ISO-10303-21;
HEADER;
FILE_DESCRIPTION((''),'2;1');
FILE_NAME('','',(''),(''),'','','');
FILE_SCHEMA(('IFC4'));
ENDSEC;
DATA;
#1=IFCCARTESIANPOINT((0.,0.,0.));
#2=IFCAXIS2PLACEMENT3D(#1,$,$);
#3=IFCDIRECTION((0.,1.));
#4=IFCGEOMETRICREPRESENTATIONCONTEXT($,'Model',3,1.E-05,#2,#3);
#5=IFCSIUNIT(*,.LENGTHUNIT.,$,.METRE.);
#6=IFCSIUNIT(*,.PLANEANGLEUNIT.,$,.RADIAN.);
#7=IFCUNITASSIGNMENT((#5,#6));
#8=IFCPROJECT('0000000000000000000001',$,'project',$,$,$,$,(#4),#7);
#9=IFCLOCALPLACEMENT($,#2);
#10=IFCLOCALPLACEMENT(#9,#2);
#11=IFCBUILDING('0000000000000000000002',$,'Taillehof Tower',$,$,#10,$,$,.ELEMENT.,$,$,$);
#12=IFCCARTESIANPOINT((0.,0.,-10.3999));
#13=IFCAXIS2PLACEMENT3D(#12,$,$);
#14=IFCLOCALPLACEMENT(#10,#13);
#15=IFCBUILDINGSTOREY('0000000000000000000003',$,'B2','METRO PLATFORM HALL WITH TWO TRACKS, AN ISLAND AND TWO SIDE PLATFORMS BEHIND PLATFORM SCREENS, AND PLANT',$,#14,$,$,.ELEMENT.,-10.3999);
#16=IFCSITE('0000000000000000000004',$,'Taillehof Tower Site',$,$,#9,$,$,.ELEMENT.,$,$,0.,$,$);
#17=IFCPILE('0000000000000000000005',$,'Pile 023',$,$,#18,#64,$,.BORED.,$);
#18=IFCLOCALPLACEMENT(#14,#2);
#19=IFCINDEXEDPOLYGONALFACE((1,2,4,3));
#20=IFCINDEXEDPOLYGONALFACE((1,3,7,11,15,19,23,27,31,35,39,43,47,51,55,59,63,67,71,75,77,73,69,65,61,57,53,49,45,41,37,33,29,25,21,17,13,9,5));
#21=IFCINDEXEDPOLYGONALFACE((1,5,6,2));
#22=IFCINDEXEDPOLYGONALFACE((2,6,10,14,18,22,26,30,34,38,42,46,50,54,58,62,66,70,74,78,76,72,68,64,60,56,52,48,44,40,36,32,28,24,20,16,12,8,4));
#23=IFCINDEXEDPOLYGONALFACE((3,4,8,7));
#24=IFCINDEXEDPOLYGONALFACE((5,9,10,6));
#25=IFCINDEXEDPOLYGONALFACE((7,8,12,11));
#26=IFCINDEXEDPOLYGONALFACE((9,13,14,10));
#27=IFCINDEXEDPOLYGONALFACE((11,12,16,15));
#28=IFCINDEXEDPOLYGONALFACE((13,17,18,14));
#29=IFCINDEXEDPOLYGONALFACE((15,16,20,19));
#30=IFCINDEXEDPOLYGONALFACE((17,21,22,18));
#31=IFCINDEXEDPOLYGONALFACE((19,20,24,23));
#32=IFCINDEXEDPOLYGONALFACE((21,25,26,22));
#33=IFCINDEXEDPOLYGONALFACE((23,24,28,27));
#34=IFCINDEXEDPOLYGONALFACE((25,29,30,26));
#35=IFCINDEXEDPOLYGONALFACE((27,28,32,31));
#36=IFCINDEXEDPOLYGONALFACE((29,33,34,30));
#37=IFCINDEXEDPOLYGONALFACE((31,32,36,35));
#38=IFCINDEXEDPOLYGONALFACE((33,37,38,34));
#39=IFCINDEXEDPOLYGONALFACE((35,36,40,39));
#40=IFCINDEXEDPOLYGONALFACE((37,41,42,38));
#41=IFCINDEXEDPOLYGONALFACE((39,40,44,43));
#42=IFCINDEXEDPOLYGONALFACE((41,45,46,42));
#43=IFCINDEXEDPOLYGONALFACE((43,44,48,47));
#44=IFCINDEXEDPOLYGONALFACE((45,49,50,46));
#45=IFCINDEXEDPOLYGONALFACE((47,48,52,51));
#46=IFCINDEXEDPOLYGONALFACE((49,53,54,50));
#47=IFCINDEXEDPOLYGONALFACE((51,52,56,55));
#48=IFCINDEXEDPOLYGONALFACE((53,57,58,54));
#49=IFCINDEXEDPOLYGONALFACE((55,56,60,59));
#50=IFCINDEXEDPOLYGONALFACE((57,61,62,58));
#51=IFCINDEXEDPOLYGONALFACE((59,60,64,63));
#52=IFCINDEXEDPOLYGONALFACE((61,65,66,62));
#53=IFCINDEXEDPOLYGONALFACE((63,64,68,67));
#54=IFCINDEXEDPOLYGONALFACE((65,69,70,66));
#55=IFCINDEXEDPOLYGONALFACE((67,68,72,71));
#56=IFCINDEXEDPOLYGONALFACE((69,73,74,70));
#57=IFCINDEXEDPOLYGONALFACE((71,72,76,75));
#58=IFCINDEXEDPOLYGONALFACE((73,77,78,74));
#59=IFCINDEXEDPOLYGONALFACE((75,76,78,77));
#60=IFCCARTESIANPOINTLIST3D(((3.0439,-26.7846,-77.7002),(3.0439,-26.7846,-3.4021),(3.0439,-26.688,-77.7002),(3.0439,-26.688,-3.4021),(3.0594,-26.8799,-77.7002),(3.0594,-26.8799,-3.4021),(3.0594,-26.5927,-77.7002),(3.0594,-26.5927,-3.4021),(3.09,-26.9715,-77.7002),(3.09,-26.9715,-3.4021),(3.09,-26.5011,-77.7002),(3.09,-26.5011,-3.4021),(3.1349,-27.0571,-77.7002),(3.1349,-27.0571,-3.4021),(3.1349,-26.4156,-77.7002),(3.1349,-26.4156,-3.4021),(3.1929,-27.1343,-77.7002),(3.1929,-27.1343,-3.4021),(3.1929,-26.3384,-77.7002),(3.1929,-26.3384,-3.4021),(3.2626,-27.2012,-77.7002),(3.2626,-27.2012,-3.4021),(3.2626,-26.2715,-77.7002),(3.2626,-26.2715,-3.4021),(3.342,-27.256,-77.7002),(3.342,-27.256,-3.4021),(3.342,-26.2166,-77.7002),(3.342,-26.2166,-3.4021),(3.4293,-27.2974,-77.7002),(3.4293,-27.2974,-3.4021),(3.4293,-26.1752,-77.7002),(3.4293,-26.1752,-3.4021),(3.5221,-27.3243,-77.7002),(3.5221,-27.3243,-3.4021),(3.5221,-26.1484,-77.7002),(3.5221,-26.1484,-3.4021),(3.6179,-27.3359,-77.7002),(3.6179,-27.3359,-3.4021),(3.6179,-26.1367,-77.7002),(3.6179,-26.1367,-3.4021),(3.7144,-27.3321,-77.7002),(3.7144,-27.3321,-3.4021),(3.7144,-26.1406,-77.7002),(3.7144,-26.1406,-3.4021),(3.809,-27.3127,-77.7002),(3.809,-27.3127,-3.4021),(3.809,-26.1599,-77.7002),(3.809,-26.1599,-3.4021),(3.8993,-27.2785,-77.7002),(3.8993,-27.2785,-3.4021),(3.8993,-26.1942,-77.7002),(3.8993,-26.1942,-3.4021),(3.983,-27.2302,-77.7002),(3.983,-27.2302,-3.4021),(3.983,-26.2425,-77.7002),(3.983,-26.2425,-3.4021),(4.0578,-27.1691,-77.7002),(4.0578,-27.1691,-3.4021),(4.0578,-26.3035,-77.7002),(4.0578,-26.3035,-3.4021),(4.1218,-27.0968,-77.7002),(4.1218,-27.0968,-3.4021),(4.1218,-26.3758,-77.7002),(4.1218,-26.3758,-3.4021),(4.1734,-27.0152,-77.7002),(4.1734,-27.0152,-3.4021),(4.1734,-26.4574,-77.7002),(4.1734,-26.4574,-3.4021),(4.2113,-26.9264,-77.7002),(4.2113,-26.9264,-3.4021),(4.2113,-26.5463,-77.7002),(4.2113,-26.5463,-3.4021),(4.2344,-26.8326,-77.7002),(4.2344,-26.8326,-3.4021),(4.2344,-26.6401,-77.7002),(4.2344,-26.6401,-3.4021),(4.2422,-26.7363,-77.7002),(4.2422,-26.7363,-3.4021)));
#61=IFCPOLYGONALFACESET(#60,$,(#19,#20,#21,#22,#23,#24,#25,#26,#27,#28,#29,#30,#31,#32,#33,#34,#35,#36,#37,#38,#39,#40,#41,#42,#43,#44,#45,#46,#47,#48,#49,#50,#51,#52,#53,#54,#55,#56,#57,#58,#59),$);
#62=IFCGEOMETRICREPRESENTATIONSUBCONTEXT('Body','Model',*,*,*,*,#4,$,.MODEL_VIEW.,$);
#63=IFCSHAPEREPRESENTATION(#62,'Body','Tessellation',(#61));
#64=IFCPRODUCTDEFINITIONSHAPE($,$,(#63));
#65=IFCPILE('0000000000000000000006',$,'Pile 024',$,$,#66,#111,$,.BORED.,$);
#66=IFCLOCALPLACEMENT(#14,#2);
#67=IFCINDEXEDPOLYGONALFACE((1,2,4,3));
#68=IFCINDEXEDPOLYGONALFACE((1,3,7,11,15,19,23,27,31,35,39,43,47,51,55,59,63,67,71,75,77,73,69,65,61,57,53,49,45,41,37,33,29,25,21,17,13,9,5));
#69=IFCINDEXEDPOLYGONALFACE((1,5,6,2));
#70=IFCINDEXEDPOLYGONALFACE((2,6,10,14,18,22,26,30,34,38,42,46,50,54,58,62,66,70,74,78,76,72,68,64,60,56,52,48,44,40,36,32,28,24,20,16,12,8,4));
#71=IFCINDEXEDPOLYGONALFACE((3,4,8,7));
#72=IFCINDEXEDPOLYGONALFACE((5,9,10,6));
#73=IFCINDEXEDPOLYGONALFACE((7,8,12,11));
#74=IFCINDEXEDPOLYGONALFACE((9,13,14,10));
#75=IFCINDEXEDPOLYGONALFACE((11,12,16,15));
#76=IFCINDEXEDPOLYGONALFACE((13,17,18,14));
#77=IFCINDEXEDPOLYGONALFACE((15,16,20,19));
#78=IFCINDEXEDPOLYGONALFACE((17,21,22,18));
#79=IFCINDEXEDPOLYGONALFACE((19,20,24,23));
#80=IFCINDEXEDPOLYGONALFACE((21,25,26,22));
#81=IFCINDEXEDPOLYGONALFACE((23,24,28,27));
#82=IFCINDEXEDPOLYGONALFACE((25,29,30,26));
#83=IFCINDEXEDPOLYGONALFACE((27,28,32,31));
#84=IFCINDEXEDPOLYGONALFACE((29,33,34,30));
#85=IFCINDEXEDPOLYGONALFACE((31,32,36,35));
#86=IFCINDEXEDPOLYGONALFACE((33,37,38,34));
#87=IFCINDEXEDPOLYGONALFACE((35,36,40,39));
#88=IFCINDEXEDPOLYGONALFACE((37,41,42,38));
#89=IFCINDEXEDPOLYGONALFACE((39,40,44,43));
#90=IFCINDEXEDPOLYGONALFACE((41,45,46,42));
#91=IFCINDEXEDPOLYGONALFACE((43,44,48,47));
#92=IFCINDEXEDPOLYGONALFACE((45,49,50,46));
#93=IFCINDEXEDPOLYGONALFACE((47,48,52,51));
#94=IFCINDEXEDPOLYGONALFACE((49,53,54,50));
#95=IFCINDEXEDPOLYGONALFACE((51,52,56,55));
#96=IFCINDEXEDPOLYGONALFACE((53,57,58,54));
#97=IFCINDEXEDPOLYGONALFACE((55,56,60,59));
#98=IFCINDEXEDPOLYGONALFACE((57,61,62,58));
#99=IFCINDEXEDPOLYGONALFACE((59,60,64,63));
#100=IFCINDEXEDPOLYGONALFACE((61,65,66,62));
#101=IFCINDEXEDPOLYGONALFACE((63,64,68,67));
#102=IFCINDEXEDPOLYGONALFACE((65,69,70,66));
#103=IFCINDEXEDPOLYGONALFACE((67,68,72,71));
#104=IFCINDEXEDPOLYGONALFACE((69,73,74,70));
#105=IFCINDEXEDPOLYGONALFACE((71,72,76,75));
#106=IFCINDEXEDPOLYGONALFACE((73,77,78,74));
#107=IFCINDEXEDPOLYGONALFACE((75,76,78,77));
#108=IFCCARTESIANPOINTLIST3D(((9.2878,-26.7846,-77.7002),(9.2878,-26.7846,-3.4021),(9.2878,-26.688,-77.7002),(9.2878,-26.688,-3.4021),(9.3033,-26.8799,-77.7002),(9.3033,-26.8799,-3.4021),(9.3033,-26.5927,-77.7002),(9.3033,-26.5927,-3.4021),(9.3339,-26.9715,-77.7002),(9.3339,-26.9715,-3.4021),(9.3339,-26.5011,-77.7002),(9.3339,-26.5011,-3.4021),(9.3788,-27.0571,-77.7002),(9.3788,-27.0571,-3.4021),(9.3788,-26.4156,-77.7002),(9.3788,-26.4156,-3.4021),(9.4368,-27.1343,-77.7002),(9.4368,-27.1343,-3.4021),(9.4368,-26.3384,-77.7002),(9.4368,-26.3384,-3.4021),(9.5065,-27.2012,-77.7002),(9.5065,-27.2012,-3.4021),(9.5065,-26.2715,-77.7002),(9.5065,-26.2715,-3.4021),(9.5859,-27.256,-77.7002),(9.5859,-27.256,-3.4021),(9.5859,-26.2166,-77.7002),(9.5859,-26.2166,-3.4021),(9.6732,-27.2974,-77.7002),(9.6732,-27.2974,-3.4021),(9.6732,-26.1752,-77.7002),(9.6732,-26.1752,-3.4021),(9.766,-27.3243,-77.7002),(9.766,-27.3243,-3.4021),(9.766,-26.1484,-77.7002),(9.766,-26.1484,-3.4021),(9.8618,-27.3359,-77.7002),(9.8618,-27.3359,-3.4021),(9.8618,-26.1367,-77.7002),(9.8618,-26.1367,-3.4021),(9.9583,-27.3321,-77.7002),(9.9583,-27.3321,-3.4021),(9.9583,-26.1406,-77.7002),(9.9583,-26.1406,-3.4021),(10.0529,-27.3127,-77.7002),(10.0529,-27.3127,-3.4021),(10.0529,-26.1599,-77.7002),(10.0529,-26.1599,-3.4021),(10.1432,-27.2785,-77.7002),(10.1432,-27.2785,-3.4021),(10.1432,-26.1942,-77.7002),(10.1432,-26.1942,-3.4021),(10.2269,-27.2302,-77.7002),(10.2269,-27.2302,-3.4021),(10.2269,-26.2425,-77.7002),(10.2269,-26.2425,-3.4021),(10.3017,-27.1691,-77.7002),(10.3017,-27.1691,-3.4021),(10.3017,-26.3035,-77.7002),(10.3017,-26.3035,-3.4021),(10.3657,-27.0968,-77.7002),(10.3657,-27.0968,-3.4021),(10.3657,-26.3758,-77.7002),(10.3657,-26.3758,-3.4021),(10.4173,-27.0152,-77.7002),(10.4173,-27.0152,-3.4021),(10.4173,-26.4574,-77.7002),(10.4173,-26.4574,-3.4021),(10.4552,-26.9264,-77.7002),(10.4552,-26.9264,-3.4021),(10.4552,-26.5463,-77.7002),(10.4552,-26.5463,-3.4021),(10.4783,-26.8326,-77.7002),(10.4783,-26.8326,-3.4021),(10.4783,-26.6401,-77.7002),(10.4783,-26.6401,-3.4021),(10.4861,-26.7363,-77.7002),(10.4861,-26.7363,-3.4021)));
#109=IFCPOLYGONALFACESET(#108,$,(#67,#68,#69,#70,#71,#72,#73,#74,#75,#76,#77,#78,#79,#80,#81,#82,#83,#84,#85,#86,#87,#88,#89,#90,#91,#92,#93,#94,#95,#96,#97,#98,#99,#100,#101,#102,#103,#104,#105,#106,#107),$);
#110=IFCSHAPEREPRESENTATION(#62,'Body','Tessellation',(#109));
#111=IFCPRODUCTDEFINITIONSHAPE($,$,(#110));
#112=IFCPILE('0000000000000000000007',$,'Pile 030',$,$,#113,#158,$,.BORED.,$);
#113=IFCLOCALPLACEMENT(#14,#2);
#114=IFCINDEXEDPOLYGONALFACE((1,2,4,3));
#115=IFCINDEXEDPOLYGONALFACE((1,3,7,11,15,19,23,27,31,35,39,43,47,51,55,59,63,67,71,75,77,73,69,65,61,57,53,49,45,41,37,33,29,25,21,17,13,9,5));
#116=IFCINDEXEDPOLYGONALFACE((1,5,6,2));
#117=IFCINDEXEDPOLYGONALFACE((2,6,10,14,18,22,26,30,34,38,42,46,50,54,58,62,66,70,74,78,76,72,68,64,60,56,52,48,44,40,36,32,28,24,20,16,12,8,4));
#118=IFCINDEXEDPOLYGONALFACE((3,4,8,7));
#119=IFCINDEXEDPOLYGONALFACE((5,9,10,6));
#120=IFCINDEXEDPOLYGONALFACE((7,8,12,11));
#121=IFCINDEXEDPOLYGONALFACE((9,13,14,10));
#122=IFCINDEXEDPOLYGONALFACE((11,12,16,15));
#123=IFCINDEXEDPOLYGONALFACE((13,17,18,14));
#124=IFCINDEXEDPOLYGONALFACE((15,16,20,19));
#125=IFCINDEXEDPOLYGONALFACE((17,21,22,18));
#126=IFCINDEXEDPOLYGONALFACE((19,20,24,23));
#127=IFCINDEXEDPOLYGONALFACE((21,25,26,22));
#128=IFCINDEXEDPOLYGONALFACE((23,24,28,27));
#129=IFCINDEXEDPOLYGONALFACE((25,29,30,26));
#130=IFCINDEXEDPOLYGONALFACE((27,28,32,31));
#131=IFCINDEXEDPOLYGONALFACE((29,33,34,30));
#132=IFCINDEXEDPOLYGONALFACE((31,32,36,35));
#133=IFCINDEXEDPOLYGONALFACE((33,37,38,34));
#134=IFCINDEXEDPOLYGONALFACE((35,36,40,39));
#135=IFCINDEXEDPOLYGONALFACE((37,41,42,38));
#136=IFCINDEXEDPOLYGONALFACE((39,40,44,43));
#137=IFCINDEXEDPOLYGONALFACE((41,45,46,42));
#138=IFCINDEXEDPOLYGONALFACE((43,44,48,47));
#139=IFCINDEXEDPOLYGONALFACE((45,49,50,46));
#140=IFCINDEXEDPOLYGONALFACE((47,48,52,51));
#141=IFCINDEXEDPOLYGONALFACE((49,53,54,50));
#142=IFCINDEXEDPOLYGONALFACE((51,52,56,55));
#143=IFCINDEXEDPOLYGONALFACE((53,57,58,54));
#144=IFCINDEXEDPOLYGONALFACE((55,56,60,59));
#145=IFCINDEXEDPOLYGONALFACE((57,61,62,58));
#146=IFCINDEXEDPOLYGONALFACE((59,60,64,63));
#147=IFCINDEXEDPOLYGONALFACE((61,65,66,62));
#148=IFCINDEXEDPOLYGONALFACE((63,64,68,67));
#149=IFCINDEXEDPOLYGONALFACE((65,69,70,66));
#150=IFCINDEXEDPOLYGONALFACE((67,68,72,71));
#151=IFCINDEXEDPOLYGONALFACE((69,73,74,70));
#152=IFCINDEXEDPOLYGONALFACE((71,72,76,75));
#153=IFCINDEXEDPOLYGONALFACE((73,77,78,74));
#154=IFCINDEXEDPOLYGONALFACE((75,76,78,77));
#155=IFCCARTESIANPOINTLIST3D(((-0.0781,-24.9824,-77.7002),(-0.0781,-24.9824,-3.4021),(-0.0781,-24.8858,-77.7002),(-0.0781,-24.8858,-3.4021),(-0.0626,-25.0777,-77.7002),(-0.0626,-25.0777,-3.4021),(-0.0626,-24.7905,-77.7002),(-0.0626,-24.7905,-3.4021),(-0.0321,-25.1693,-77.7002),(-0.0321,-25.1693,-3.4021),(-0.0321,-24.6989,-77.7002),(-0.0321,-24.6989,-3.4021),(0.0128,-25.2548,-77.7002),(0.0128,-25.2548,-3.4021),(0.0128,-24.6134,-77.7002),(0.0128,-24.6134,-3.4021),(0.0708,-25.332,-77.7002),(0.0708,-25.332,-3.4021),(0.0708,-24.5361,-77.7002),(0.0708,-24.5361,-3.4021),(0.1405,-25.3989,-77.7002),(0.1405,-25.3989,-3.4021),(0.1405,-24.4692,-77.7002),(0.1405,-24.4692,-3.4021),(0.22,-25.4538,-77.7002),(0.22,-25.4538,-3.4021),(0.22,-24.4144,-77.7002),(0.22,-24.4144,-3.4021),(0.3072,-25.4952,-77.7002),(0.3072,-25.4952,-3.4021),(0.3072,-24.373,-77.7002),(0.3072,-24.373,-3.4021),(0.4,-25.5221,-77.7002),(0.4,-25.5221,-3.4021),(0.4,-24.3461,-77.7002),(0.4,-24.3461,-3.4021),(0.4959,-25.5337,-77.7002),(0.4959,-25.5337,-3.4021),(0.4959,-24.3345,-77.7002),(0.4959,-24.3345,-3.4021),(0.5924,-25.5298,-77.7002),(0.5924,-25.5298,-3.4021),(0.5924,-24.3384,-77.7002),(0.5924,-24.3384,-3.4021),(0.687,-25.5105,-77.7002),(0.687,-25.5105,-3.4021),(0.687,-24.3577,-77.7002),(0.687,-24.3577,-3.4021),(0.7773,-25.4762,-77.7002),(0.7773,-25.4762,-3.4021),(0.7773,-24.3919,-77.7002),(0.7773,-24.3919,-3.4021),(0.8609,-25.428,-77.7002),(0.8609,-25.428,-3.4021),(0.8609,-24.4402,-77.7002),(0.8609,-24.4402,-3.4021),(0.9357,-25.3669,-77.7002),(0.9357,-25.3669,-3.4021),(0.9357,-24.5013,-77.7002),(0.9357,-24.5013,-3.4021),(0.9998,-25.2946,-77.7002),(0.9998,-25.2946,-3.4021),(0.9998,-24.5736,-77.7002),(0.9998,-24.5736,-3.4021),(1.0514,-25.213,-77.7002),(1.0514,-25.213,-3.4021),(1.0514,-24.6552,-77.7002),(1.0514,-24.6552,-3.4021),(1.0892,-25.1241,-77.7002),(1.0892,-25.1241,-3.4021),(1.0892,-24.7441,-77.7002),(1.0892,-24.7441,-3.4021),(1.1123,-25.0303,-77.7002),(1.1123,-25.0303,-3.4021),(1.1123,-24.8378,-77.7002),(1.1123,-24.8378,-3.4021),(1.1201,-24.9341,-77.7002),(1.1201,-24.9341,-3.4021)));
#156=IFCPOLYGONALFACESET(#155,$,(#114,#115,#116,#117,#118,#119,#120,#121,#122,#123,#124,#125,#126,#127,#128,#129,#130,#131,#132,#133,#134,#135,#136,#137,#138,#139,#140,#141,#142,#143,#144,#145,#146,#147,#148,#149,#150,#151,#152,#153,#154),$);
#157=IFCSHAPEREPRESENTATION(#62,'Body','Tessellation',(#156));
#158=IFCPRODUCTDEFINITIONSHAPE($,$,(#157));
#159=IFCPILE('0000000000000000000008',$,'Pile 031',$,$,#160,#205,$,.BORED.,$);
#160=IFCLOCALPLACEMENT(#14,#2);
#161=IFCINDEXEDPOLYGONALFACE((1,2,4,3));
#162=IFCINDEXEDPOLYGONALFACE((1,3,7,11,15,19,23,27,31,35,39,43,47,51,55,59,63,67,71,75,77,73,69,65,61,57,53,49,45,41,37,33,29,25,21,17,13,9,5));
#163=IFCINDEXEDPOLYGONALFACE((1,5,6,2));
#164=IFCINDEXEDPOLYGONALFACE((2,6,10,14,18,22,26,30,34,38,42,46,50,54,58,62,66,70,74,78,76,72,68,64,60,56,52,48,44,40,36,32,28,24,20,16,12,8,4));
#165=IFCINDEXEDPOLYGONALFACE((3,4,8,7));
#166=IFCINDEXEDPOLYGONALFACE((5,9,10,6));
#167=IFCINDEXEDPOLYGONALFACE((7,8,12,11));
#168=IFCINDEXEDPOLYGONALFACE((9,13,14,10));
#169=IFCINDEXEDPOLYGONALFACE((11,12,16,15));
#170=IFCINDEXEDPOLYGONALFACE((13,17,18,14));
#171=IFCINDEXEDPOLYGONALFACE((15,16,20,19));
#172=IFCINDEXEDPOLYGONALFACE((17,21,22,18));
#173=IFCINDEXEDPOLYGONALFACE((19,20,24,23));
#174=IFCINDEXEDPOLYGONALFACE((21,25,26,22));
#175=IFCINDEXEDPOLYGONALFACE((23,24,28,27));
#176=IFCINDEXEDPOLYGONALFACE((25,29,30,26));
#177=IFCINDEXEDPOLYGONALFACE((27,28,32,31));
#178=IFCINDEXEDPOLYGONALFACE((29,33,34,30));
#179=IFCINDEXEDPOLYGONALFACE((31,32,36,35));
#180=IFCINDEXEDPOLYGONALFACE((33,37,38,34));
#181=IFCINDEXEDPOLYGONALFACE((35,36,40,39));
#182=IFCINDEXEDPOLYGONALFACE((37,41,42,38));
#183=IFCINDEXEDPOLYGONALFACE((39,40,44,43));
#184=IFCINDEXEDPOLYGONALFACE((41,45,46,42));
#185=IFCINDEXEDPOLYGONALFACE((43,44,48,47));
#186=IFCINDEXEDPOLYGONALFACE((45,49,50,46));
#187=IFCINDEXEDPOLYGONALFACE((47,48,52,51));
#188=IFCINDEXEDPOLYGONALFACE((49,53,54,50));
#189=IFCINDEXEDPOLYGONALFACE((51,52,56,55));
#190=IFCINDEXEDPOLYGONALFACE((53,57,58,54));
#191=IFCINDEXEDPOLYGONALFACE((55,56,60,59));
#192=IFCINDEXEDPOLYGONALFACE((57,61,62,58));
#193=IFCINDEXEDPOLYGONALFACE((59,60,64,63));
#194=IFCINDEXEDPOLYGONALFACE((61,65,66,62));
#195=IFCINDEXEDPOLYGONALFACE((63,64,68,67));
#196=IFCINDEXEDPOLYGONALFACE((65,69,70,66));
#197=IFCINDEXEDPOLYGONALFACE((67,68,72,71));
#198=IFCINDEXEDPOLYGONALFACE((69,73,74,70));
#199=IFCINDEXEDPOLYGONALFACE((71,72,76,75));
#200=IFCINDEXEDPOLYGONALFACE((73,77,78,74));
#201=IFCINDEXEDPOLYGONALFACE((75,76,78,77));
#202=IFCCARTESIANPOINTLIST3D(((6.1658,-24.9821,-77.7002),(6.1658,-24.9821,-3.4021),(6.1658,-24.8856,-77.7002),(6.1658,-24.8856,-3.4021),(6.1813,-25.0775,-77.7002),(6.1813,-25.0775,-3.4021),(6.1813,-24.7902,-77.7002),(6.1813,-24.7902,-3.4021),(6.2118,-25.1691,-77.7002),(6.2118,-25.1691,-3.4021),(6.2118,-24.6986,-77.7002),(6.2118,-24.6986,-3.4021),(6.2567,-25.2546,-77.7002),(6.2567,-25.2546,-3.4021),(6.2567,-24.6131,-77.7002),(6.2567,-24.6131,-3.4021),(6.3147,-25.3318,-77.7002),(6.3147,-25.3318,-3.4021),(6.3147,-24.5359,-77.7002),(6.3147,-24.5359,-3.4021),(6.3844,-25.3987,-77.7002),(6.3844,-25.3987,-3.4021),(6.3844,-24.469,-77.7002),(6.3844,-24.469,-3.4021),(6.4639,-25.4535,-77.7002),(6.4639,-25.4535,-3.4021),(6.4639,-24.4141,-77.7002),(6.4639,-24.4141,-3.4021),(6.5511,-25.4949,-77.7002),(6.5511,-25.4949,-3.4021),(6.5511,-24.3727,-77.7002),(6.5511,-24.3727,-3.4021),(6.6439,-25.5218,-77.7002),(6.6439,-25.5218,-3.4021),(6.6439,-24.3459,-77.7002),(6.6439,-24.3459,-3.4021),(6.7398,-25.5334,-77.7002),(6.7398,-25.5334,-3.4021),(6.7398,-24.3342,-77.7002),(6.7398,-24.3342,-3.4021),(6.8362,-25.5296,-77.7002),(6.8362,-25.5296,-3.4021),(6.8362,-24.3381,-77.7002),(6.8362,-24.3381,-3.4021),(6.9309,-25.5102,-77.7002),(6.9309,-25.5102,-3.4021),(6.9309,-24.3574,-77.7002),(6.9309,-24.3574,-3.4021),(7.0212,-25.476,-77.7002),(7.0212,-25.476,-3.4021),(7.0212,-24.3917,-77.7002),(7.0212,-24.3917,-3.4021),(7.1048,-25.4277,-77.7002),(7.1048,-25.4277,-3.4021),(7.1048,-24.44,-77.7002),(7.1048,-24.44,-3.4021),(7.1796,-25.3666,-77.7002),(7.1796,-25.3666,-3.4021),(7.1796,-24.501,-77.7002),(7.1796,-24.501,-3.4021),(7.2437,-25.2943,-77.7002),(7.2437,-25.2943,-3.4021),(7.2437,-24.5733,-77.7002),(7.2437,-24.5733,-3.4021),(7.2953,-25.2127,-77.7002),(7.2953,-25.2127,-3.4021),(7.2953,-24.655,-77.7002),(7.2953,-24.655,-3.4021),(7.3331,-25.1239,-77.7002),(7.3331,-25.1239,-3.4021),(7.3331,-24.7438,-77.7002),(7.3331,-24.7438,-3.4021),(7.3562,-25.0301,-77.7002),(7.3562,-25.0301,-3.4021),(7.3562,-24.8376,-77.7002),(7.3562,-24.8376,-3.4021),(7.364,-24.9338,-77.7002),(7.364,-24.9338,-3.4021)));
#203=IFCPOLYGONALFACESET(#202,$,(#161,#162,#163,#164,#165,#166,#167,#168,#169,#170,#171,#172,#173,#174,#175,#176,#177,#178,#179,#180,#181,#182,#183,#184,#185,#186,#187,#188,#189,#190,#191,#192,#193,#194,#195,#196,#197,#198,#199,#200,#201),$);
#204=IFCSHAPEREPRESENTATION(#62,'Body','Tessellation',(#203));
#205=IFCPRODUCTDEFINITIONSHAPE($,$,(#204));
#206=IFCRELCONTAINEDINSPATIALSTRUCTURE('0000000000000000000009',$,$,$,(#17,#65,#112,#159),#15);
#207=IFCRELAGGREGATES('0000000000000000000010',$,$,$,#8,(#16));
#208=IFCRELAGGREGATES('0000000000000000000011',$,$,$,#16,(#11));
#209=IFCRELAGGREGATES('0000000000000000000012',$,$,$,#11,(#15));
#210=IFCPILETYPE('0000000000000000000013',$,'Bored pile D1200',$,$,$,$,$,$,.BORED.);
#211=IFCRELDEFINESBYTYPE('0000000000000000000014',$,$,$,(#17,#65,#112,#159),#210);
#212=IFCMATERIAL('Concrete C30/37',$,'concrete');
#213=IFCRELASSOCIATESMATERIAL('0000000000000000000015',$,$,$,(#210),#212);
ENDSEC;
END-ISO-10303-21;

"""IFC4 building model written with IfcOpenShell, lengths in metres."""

from ifc_helpers import new_model, si_unit, direction, frame, origin, origin_2d, place, context, subcontext, project, spatial, circle, extrude, material, material_profile, profile_set, type_object, element, save


model = new_model("IFC4")

# Units and contexts
model_context = context("Model", 3, precision=1e-05, world=origin(), true_north=direction((0.0, 1.0)))
body_context = subcontext(model_context, "Body", "Model", "MODEL_VIEW")
ifc_project = project(units=[si_unit("LENGTHUNIT", "METRE"), si_unit("PLANEANGLEUNIT", "RADIAN")], contexts=[model_context])

# Site, building, storey
site_placement = place(None, origin())
site = spatial("IfcSite", under=ifc_project, at=site_placement, Name="Taillehof Tower Site", CompositionType="ELEMENT", RefElevation=0.0)
building_placement = place(site_placement, origin())
building = spatial("IfcBuilding", under=site, at=building_placement, Name="Taillehof Tower", CompositionType="ELEMENT")
storey_placement = place(building_placement, frame((0.0, 0.0, -10.3999)))
storey = spatial("IfcBuildingStorey", under=building, at=storey_placement, Name="B2", Description="METRO PLATFORM HALL WITH TWO TRACKS, AN ISLAND AND TWO SIDE PLATFORMS BEHIND PLATFORM SCREENS, AND PLANT", CompositionType="ELEMENT", Elevation=-10.3999)

# Piles
ifc_material_1 = material(Name="Concrete C30/37", Category="concrete")
ifc_material_profile_1 = material_profile(ifc_material_1, circle(Radius=0.6001, at=origin_2d()), Name="BP D1200")
ifc_profile_set_1 = profile_set([ifc_material_profile_1], Name="Concrete C30/37")
pile_type = type_object("IfcPileType", Name="Bored pile D1200", PredefinedType="BORED", material=ifc_profile_set_1)
for number, where, z_axis, x_axis, name in (
    (1, (3.6421, -26.7363, -3.4021), (0.0, 0.0, -1.0), (1.0, 0.0, 0.0), "Pile 023"),
    (2, (9.886, -26.7363, -3.4021), (0.0, 0.0, -1.0), (1.0, 0.0, 0.0), "Pile 024"),
    (3, (0.52, -24.9341, -3.4021), (0.0, 0.0, -1.0), (1.0, 0.0, 0.0), "Pile 030"),
    (4, (6.7639, -24.9338, -3.4021), (0.0, 0.0, -1.0), (1.0, 0.0, 0.0), "Pile 031"),
):
    element("IfcPile", number, at=place(storey_placement, frame(where, z_axis=z_axis, x_axis=x_axis)), inside=storey, type_object=pile_type, Name=name, PredefinedType="BORED", context=body_context, shape_type="SweptSolid", body=[
        extrude(circle(Radius=0.6001, at=origin_2d()), origin(), (0.0, 0.0, 1.0), 74.2981),
    ])

save(model, "model.ifc")
